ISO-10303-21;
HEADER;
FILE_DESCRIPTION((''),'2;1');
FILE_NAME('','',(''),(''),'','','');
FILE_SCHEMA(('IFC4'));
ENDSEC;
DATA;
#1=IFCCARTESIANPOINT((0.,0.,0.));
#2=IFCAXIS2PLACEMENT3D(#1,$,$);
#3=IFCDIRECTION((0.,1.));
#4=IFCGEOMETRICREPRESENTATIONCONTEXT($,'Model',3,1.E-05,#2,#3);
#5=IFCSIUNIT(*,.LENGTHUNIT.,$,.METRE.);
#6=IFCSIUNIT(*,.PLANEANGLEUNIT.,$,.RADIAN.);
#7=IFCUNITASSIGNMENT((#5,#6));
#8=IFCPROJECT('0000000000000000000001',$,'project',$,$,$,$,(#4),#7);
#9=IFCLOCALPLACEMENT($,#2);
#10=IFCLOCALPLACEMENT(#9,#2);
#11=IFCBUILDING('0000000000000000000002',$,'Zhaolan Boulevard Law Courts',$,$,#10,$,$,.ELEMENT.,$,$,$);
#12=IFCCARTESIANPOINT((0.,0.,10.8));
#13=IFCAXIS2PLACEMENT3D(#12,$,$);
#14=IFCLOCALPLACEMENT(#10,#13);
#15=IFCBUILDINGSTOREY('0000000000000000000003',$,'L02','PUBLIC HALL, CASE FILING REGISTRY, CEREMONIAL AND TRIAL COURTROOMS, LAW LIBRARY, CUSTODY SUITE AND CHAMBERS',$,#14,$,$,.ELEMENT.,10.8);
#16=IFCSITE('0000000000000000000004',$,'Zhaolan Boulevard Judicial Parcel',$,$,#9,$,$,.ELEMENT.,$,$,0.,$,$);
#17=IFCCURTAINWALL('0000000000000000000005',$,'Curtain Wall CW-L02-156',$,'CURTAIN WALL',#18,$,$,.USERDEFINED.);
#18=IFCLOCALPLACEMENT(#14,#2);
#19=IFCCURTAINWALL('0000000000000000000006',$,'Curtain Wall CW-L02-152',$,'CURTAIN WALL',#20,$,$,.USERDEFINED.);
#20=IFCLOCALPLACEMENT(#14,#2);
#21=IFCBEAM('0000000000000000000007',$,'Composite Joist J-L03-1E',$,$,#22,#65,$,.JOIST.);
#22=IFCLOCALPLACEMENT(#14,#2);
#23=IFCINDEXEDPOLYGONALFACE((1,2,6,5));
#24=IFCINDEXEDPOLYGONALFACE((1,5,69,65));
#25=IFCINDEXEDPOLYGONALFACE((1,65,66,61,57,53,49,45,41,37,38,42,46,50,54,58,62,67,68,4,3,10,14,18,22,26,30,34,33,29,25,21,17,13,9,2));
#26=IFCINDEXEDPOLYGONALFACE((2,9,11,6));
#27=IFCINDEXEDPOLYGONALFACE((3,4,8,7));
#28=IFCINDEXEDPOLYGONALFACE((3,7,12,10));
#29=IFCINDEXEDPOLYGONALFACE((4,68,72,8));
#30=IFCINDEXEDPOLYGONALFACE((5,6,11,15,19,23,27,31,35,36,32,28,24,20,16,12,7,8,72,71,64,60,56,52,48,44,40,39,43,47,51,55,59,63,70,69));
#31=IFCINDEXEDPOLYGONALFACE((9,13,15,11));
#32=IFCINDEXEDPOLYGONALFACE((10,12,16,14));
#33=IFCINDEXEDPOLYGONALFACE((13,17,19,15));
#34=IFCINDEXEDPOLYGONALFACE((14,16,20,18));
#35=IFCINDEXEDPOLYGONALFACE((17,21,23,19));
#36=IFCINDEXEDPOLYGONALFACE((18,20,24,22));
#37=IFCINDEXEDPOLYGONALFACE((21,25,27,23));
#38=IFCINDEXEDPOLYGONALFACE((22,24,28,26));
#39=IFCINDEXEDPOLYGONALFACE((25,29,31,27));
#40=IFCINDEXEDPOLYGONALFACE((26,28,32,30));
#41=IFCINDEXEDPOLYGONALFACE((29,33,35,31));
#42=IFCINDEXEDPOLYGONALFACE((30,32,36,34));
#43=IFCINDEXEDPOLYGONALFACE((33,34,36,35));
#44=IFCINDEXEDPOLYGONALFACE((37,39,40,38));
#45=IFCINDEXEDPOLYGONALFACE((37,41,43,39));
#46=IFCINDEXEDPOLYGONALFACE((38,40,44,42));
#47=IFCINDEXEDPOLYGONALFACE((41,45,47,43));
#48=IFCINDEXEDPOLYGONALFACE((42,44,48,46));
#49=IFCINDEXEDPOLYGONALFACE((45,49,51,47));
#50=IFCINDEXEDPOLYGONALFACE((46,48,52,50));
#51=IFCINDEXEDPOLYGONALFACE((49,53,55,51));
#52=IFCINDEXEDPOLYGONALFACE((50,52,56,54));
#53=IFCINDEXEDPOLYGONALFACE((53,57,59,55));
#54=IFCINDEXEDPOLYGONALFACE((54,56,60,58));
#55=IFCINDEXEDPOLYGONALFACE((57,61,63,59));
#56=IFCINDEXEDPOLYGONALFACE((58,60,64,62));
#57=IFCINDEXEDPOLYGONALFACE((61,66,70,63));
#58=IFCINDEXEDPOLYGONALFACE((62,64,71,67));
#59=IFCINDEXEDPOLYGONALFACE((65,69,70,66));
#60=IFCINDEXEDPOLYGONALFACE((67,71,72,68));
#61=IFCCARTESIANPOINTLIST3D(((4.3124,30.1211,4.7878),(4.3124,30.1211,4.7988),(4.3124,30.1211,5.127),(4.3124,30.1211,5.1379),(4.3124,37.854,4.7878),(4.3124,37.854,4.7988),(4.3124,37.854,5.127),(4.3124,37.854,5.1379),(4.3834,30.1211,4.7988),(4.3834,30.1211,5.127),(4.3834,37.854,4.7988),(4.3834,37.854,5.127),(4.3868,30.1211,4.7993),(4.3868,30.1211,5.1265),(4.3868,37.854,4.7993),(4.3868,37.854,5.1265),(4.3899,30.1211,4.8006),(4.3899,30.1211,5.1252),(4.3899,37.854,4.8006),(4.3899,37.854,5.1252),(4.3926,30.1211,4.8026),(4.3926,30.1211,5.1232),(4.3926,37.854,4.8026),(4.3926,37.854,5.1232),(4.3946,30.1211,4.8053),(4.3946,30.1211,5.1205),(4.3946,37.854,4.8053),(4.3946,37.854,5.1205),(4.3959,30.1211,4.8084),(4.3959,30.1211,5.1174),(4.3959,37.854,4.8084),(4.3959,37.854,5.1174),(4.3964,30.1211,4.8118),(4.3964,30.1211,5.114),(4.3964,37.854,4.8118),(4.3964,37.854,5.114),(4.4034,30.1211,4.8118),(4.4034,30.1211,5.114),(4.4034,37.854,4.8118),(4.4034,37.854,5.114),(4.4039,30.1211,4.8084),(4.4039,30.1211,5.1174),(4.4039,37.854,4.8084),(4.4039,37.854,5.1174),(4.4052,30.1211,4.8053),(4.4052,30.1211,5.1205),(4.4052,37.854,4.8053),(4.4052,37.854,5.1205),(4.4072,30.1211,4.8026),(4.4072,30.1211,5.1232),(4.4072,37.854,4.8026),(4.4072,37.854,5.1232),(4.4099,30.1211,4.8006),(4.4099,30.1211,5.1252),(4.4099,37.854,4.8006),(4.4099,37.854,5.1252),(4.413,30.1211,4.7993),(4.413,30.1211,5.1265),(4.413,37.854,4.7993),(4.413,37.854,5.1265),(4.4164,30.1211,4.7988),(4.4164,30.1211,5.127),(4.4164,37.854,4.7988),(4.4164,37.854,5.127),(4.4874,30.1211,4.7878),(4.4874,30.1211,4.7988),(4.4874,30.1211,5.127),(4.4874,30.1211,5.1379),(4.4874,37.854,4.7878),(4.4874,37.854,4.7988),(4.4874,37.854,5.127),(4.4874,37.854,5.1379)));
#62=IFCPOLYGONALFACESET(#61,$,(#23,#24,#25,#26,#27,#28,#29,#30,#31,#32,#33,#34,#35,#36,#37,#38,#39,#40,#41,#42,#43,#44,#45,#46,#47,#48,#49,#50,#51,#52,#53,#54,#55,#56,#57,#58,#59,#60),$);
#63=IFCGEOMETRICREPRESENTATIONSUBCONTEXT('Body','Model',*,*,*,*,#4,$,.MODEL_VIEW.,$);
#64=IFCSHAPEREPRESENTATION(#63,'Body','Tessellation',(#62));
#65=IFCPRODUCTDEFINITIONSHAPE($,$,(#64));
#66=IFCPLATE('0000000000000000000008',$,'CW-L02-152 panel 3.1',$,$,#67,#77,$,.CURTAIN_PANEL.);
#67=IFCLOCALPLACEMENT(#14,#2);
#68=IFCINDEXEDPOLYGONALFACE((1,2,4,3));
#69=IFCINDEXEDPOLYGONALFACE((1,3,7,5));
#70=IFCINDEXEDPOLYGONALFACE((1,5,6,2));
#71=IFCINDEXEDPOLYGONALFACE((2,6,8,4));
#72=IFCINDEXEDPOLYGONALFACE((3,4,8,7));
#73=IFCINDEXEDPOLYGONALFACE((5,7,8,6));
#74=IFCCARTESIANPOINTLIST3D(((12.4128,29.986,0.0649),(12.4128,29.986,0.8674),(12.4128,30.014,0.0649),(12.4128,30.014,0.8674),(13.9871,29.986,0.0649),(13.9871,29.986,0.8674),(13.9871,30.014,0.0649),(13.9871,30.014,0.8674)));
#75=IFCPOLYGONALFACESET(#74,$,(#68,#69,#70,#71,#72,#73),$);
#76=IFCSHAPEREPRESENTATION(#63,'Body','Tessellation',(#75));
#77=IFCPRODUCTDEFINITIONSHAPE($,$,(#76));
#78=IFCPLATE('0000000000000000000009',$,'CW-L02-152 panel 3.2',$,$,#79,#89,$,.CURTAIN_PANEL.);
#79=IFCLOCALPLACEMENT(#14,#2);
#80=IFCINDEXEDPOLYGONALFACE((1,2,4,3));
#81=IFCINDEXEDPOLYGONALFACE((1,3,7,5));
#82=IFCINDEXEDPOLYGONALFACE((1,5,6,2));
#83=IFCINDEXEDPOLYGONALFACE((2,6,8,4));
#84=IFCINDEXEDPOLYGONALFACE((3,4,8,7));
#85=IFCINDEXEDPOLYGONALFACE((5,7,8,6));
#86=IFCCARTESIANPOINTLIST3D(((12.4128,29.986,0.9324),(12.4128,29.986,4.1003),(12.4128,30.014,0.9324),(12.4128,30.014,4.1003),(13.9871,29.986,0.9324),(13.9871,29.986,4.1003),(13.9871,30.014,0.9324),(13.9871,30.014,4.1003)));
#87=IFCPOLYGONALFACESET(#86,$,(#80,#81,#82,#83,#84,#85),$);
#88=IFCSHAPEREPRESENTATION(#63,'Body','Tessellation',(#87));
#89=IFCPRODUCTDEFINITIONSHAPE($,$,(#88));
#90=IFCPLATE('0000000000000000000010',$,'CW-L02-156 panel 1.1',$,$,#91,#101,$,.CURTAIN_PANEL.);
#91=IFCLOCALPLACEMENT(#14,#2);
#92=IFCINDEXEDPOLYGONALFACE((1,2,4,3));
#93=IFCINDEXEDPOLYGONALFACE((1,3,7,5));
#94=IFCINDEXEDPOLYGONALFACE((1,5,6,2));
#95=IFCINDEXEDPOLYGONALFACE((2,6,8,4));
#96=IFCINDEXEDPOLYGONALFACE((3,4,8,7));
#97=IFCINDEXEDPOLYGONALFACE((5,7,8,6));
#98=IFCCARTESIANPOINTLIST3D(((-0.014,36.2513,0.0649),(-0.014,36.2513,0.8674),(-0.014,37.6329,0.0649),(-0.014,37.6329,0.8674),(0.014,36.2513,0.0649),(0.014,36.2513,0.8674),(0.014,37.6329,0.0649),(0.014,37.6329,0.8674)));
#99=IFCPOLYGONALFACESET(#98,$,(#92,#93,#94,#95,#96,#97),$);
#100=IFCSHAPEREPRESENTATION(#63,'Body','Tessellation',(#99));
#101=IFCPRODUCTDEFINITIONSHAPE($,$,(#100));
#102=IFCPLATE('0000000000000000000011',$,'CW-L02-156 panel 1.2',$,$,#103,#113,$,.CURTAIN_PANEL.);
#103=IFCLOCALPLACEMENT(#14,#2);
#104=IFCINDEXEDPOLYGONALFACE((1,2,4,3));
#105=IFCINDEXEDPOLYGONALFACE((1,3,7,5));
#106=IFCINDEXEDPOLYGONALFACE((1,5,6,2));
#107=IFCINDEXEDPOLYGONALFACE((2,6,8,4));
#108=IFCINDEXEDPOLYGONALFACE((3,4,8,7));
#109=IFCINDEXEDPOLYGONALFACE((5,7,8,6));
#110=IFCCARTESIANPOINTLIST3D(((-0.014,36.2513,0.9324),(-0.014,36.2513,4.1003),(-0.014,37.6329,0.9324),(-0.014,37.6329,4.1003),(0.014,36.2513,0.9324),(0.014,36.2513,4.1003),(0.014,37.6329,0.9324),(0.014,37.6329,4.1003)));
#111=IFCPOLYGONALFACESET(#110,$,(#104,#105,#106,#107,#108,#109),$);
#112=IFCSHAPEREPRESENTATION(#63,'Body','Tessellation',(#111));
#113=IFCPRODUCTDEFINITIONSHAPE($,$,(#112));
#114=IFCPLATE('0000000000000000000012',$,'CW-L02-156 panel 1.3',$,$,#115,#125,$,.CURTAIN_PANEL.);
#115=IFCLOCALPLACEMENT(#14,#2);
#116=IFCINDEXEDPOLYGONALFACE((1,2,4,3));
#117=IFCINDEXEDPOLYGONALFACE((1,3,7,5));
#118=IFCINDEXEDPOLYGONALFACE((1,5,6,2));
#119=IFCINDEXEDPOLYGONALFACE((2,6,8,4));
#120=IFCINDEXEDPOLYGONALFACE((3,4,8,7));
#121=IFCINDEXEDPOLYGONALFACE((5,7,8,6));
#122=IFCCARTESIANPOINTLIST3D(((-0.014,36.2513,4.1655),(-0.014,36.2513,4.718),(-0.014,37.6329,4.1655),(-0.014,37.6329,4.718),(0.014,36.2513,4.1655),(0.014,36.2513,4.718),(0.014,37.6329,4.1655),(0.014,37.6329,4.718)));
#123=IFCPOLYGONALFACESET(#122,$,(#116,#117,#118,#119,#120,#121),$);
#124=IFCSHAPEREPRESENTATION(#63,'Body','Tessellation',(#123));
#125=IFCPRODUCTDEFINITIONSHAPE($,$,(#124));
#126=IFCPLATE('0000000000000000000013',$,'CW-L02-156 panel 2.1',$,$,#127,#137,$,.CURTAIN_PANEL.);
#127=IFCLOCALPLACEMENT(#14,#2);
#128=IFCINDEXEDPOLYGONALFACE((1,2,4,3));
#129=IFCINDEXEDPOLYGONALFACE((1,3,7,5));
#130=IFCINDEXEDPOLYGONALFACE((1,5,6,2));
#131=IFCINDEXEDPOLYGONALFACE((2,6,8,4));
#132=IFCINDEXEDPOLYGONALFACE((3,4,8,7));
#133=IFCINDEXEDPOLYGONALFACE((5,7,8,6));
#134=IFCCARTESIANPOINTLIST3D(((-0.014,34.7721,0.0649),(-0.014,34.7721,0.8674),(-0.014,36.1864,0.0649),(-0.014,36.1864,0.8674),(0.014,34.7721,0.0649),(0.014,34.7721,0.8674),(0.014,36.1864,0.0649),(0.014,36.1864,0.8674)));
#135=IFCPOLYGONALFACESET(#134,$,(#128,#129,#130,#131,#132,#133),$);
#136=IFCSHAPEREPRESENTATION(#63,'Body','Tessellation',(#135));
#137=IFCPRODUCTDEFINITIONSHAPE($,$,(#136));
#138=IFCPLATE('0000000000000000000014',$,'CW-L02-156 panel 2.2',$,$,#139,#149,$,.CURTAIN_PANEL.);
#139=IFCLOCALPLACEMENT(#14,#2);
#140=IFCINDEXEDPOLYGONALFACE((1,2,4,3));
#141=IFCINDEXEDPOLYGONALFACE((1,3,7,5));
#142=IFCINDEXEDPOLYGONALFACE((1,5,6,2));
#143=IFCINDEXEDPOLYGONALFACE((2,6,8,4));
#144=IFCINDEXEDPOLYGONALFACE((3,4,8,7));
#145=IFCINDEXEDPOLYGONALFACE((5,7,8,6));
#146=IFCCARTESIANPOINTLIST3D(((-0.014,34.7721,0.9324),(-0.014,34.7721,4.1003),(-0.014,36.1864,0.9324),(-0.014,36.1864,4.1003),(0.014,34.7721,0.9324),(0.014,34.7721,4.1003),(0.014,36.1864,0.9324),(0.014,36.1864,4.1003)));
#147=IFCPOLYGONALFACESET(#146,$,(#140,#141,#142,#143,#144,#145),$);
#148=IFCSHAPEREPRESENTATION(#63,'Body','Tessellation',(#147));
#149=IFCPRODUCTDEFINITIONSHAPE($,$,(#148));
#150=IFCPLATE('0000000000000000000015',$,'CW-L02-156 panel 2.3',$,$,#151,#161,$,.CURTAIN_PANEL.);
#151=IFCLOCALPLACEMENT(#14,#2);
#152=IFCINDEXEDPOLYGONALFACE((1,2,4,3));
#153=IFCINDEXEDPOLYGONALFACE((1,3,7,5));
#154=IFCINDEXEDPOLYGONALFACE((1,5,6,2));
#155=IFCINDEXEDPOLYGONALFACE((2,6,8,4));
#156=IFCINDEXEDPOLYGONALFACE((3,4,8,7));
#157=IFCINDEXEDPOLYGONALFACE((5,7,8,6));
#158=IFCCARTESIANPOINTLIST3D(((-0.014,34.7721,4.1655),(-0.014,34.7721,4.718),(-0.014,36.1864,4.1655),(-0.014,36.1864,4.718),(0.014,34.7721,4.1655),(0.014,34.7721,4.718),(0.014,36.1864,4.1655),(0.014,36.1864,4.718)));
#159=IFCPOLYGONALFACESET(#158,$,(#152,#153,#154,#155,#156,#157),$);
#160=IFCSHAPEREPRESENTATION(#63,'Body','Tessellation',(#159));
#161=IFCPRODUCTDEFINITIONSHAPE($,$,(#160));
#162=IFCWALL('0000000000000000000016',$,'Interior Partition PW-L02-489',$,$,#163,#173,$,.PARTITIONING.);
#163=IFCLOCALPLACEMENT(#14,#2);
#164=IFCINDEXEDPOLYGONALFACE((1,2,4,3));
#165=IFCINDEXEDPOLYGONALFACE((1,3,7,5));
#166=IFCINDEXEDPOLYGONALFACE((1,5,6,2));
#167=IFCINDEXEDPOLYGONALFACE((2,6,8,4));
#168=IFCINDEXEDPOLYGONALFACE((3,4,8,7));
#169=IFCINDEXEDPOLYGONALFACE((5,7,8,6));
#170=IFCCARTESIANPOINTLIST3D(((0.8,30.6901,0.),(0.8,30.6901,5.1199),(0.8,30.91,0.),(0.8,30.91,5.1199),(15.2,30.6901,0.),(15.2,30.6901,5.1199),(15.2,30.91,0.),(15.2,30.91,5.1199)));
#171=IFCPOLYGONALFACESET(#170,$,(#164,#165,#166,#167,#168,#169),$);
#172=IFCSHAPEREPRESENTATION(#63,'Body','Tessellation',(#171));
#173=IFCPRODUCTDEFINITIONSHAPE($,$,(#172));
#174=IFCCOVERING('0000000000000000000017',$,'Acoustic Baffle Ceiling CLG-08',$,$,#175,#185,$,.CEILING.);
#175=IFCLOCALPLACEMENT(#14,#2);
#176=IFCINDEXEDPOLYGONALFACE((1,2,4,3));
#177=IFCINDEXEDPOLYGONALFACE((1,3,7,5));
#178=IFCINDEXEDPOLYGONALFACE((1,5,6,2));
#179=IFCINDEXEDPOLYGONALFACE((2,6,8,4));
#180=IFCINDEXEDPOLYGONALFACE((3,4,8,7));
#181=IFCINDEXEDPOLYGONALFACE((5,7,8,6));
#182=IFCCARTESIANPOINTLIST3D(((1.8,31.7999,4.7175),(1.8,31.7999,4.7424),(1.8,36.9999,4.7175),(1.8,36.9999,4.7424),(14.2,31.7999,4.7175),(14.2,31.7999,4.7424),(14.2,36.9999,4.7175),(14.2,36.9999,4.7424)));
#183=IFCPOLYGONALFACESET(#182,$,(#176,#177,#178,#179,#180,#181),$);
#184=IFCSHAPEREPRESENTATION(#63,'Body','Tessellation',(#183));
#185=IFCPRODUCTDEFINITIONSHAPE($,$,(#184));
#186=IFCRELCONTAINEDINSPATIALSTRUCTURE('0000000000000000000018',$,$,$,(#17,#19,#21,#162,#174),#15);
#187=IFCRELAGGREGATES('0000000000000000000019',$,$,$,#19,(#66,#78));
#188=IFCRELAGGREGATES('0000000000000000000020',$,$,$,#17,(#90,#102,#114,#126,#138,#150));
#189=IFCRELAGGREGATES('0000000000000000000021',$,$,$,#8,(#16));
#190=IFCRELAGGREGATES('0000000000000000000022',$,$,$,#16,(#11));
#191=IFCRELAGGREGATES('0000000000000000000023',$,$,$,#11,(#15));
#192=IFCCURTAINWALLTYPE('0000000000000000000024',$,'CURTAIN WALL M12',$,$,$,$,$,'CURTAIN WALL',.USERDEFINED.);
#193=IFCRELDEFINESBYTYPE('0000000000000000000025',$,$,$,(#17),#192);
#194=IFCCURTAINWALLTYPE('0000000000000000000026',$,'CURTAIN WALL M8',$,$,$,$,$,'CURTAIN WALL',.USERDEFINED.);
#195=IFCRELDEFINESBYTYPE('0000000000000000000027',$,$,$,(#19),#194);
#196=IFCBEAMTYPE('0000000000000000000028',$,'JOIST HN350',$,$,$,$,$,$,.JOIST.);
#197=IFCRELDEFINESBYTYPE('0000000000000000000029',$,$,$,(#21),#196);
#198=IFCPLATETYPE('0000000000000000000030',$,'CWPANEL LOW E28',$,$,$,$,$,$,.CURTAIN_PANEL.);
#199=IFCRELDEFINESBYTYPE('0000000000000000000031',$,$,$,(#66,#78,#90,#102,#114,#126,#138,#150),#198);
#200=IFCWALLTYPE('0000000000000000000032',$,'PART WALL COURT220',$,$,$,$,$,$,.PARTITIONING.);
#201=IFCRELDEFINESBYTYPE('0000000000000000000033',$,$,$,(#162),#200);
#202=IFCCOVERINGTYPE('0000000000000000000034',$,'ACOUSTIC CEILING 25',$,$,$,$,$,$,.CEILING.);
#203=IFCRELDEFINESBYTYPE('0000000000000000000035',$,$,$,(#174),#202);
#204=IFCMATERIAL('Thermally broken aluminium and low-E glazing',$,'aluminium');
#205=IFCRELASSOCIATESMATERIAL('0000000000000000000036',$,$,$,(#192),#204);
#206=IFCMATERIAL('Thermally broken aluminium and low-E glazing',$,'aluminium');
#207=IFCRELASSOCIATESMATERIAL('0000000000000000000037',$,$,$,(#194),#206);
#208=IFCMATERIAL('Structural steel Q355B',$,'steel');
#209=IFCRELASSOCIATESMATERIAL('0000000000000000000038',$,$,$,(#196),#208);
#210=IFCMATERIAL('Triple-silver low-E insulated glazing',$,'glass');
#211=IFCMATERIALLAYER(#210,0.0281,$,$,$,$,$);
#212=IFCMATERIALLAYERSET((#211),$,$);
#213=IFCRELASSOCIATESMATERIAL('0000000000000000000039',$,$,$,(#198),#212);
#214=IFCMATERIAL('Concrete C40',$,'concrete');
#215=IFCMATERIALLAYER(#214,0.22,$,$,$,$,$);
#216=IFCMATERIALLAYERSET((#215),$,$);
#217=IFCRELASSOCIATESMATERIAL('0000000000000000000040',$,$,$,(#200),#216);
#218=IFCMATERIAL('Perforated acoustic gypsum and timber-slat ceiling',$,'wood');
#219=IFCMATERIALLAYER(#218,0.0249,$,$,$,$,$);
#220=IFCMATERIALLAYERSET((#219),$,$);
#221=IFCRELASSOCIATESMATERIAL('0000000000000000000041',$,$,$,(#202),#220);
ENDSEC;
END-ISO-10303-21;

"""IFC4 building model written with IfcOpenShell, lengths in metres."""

from ifc_helpers import new_model, si_unit, direction, frame, frame_2d, origin, origin_2d, place, context, subcontext, project, spatial, rectangle, i_section, extrude, material, layer, layer_set, material_profile, profile_set, type_object, element, aggregate, save


model = new_model("IFC4")

# Units and contexts
model_context = context("Model", 3, precision=1e-05, world=origin(), true_north=direction((0.0, 1.0)))
body_context = subcontext(model_context, "Body", "Model", "MODEL_VIEW")
ifc_project = project(units=[si_unit("LENGTHUNIT", "METRE"), si_unit("PLANEANGLEUNIT", "RADIAN")], contexts=[model_context])

# Site, building, storey
site_placement = place(None, origin())
site = spatial("IfcSite", under=ifc_project, at=site_placement, Name="Zhaolan Boulevard Judicial Parcel", CompositionType="ELEMENT", RefElevation=0.0)
building_placement = place(site_placement, origin())
building = spatial("IfcBuilding", under=site, at=building_placement, Name="Zhaolan Boulevard Law Courts", CompositionType="ELEMENT")
storey_placement = place(building_placement, frame((0.0, 0.0, 10.8)))
storey = spatial("IfcBuildingStorey", under=building, at=storey_placement, Name="L02", Description="PUBLIC HALL, CASE FILING REGISTRY, CEREMONIAL AND TRIAL COURTROOMS, LAW LIBRARY, CUSTODY SUITE AND CHAMBERS", CompositionType="ELEMENT", Elevation=10.8)

# Curtain walls
ifc_material_1 = material(Name="Thermally broken aluminium and low-E glazing", Category="aluminium")
curtain_wall_type_1 = type_object("IfcCurtainWallType", Name="CURTAIN WALL M12", ElementType="CURTAIN WALL", PredefinedType="USERDEFINED", material=ifc_material_1)
curtain_wall_1_placement = place(storey_placement, origin())
curtain_wall_1 = element("IfcCurtainWall", 1, at=curtain_wall_1_placement, inside=storey, type_object=curtain_wall_type_1, Name="Curtain Wall CW-L02-156", ObjectType="CURTAIN WALL", PredefinedType="USERDEFINED")
ifc_material_2 = material(Name="Thermally broken aluminium and low-E glazing", Category="aluminium")
curtain_wall_type_2 = type_object("IfcCurtainWallType", Name="CURTAIN WALL M8", ElementType="CURTAIN WALL", PredefinedType="USERDEFINED", material=ifc_material_2)
curtain_wall_2_placement = place(storey_placement, origin())
curtain_wall_2 = element("IfcCurtainWall", 2, at=curtain_wall_2_placement, inside=storey, type_object=curtain_wall_type_2, Name="Curtain Wall CW-L02-152", ObjectType="CURTAIN WALL", PredefinedType="USERDEFINED")

# Beam
ifc_material_3 = material(Name="Structural steel Q355B", Category="steel")
ifc_material_profile_1 = material_profile(ifc_material_3, i_section(OverallWidth=0.175, OverallDepth=0.3501, WebThickness=0.0071, FlangeThickness=0.011, FilletRadius=0.0129, at=origin_2d()), Name="HN350x175")
ifc_profile_set_1 = profile_set([ifc_material_profile_1], Name="Structural steel Q355B")
beam_type_1 = type_object("IfcBeamType", Name="JOIST HN350", PredefinedType="JOIST", material=ifc_profile_set_1)
beam_1_placement = place(storey_placement, frame((4.3999, 30.1211, 4.9629), z_axis=(0.0, 1.0, 0.0), x_axis=(-1.0, 0.0, 0.0)))
element("IfcBeam", 3, at=beam_1_placement, inside=storey, type_object=beam_type_1, Name="Composite Joist J-L03-1E", PredefinedType="JOIST", context=body_context, shape_type="SweptSolid", body=[
    extrude(i_section(OverallWidth=0.175, OverallDepth=0.3501, WebThickness=0.0071, FlangeThickness=0.011, FilletRadius=0.0129, at=origin_2d()), origin(), (0.0, 0.0, 1.0), 7.7329),
])

# Plates
ifc_material_4 = material(Name="Triple-silver low-E insulated glazing", Category="glass")
ifc_layer_1 = layer(ifc_material_4, 0.0281)
ifc_layer_set_1 = layer_set([ifc_layer_1])
plate_type = type_object("IfcPlateType", Name="CWPANEL LOW E28", PredefinedType="CURTAIN_PANEL", material=ifc_layer_set_1)
plate_1_placement = place(storey_placement, frame((13.2, 30.0, 0.0649), z_axis=(0.0, 0.0, 1.0), x_axis=(1.0, 0.0, 0.0)))
plate_1 = element("IfcPlate", 4, at=plate_1_placement, type_object=plate_type, Name="CW-L02-152 panel 3.1", PredefinedType="CURTAIN_PANEL", context=body_context, shape_type="SweptSolid", body=[
    extrude(rectangle(XDim=1.5742, YDim=0.0281, at=origin_2d()), origin(), (0.0, 0.0, 1.0), 0.8025),
])
plate_2_placement = place(storey_placement, frame((13.2, 30.0, 0.9324), z_axis=(0.0, 0.0, 1.0), x_axis=(1.0, 0.0, 0.0)))
plate_2 = element("IfcPlate", 5, at=plate_2_placement, type_object=plate_type, Name="CW-L02-152 panel 3.2", PredefinedType="CURTAIN_PANEL", context=body_context, shape_type="SweptSolid", body=[
    extrude(rectangle(XDim=1.5742, YDim=0.0281, at=origin_2d()), origin(), (0.0, 0.0, 1.0), 3.168),
])
aggregate(curtain_wall_2, [plate_1, plate_2])
plate_3_placement = place(storey_placement, frame((0.0, 36.9421, 0.0649), z_axis=(0.0, 0.0, 1.0), x_axis=(0.0, -1.0, 0.0)))
plate_3 = element("IfcPlate", 6, at=plate_3_placement, type_object=plate_type, Name="CW-L02-156 panel 1.1", PredefinedType="CURTAIN_PANEL", context=body_context, shape_type="SweptSolid", body=[
    extrude(rectangle(XDim=1.3816, YDim=0.0281, at=origin_2d()), origin(), (0.0, 0.0, 1.0), 0.8025),
])
plate_4_placement = place(storey_placement, frame((0.0, 36.9421, 0.9324), z_axis=(0.0, 0.0, 1.0), x_axis=(0.0, -1.0, 0.0)))
plate_4 = element("IfcPlate", 7, at=plate_4_placement, type_object=plate_type, Name="CW-L02-156 panel 1.2", PredefinedType="CURTAIN_PANEL", context=body_context, shape_type="SweptSolid", body=[
    extrude(rectangle(XDim=1.3816, YDim=0.0281, at=origin_2d()), origin(), (0.0, 0.0, 1.0), 3.168),
])
plate_5_placement = place(storey_placement, frame((0.0, 36.9421, 4.1655), z_axis=(0.0, 0.0, 1.0), x_axis=(0.0, -1.0, 0.0)))
plate_5 = element("IfcPlate", 8, at=plate_5_placement, type_object=plate_type, Name="CW-L02-156 panel 1.3", PredefinedType="CURTAIN_PANEL", context=body_context, shape_type="SweptSolid", body=[
    extrude(rectangle(XDim=1.3816, YDim=0.0281, at=origin_2d()), origin(), (0.0, 0.0, 1.0), 0.5525),
])
plate_6_placement = place(storey_placement, frame((0.0, 35.4792, 0.0649), z_axis=(0.0, 0.0, 1.0), x_axis=(0.0, -1.0, 0.0)))
plate_6 = element("IfcPlate", 9, at=plate_6_placement, type_object=plate_type, Name="CW-L02-156 panel 2.1", PredefinedType="CURTAIN_PANEL", context=body_context, shape_type="SweptSolid", body=[
    extrude(rectangle(XDim=1.4143, YDim=0.0281, at=origin_2d()), origin(), (0.0, 0.0, 1.0), 0.8025),
])
plate_7_placement = place(storey_placement, frame((0.0, 35.4792, 0.9324), z_axis=(0.0, 0.0, 1.0), x_axis=(0.0, -1.0, 0.0)))
plate_7 = element("IfcPlate", 10, at=plate_7_placement, type_object=plate_type, Name="CW-L02-156 panel 2.2", PredefinedType="CURTAIN_PANEL", context=body_context, shape_type="SweptSolid", body=[
    extrude(rectangle(XDim=1.4143, YDim=0.0281, at=origin_2d()), origin(), (0.0, 0.0, 1.0), 3.168),
])
plate_8_placement = place(storey_placement, frame((0.0, 35.4792, 4.1655), z_axis=(0.0, 0.0, 1.0), x_axis=(0.0, -1.0, 0.0)))
plate_8 = element("IfcPlate", 11, at=plate_8_placement, type_object=plate_type, Name="CW-L02-156 panel 2.3", PredefinedType="CURTAIN_PANEL", context=body_context, shape_type="SweptSolid", body=[
    extrude(rectangle(XDim=1.4143, YDim=0.0281, at=origin_2d()), origin(), (0.0, 0.0, 1.0), 0.5525),
])
aggregate(curtain_wall_1, [plate_3, plate_4, plate_5, plate_6, plate_7, plate_8])

# Wall
ifc_material_5 = material(Name="Concrete C40", Category="concrete")
ifc_layer_2 = layer(ifc_material_5, 0.22)
ifc_layer_set_2 = layer_set([ifc_layer_2])
wall_type = type_object("IfcWallType", Name="PART WALL COURT220", PredefinedType="PARTITIONING", material=ifc_layer_set_2)
wall_placement = place(storey_placement, frame((0.8, 30.8, 0.0), z_axis=(0.0, 0.0, 1.0), x_axis=(1.0, 0.0, 0.0)))
element("IfcWall", 12, at=wall_placement, inside=storey, type_object=wall_type, Name="Interior Partition PW-L02-489", PredefinedType="PARTITIONING", context=body_context, shape_type="SweptSolid", body=[
    extrude(rectangle(XDim=14.3999, YDim=0.22, at=frame_2d((7.2, 0.0))), origin(), (0.0, 0.0, 1.0), 5.1199),
])

# Covering
ifc_material_6 = material(Name="Perforated acoustic gypsum and timber-slat ceiling", Category="wood")
ifc_layer_3 = layer(ifc_material_6, 0.0249)
ifc_layer_set_3 = layer_set([ifc_layer_3])
covering_type = type_object("IfcCoveringType", Name="ACOUSTIC CEILING 25", PredefinedType="CEILING", material=ifc_layer_set_3)
covering_placement = place(storey_placement, frame((8.0, 34.3999, 4.7175), z_axis=(0.0, 0.0, 1.0), x_axis=(1.0, 0.0, 0.0)))
element("IfcCovering", 13, at=covering_placement, inside=storey, type_object=covering_type, Name="Acoustic Baffle Ceiling CLG-08", PredefinedType="CEILING", context=body_context, shape_type="SweptSolid", body=[
    extrude(rectangle(XDim=12.3999, YDim=5.2, at=origin_2d()), origin(), (0.0, 0.0, 1.0), 0.0249),
])

save(model, "model.ifc")
